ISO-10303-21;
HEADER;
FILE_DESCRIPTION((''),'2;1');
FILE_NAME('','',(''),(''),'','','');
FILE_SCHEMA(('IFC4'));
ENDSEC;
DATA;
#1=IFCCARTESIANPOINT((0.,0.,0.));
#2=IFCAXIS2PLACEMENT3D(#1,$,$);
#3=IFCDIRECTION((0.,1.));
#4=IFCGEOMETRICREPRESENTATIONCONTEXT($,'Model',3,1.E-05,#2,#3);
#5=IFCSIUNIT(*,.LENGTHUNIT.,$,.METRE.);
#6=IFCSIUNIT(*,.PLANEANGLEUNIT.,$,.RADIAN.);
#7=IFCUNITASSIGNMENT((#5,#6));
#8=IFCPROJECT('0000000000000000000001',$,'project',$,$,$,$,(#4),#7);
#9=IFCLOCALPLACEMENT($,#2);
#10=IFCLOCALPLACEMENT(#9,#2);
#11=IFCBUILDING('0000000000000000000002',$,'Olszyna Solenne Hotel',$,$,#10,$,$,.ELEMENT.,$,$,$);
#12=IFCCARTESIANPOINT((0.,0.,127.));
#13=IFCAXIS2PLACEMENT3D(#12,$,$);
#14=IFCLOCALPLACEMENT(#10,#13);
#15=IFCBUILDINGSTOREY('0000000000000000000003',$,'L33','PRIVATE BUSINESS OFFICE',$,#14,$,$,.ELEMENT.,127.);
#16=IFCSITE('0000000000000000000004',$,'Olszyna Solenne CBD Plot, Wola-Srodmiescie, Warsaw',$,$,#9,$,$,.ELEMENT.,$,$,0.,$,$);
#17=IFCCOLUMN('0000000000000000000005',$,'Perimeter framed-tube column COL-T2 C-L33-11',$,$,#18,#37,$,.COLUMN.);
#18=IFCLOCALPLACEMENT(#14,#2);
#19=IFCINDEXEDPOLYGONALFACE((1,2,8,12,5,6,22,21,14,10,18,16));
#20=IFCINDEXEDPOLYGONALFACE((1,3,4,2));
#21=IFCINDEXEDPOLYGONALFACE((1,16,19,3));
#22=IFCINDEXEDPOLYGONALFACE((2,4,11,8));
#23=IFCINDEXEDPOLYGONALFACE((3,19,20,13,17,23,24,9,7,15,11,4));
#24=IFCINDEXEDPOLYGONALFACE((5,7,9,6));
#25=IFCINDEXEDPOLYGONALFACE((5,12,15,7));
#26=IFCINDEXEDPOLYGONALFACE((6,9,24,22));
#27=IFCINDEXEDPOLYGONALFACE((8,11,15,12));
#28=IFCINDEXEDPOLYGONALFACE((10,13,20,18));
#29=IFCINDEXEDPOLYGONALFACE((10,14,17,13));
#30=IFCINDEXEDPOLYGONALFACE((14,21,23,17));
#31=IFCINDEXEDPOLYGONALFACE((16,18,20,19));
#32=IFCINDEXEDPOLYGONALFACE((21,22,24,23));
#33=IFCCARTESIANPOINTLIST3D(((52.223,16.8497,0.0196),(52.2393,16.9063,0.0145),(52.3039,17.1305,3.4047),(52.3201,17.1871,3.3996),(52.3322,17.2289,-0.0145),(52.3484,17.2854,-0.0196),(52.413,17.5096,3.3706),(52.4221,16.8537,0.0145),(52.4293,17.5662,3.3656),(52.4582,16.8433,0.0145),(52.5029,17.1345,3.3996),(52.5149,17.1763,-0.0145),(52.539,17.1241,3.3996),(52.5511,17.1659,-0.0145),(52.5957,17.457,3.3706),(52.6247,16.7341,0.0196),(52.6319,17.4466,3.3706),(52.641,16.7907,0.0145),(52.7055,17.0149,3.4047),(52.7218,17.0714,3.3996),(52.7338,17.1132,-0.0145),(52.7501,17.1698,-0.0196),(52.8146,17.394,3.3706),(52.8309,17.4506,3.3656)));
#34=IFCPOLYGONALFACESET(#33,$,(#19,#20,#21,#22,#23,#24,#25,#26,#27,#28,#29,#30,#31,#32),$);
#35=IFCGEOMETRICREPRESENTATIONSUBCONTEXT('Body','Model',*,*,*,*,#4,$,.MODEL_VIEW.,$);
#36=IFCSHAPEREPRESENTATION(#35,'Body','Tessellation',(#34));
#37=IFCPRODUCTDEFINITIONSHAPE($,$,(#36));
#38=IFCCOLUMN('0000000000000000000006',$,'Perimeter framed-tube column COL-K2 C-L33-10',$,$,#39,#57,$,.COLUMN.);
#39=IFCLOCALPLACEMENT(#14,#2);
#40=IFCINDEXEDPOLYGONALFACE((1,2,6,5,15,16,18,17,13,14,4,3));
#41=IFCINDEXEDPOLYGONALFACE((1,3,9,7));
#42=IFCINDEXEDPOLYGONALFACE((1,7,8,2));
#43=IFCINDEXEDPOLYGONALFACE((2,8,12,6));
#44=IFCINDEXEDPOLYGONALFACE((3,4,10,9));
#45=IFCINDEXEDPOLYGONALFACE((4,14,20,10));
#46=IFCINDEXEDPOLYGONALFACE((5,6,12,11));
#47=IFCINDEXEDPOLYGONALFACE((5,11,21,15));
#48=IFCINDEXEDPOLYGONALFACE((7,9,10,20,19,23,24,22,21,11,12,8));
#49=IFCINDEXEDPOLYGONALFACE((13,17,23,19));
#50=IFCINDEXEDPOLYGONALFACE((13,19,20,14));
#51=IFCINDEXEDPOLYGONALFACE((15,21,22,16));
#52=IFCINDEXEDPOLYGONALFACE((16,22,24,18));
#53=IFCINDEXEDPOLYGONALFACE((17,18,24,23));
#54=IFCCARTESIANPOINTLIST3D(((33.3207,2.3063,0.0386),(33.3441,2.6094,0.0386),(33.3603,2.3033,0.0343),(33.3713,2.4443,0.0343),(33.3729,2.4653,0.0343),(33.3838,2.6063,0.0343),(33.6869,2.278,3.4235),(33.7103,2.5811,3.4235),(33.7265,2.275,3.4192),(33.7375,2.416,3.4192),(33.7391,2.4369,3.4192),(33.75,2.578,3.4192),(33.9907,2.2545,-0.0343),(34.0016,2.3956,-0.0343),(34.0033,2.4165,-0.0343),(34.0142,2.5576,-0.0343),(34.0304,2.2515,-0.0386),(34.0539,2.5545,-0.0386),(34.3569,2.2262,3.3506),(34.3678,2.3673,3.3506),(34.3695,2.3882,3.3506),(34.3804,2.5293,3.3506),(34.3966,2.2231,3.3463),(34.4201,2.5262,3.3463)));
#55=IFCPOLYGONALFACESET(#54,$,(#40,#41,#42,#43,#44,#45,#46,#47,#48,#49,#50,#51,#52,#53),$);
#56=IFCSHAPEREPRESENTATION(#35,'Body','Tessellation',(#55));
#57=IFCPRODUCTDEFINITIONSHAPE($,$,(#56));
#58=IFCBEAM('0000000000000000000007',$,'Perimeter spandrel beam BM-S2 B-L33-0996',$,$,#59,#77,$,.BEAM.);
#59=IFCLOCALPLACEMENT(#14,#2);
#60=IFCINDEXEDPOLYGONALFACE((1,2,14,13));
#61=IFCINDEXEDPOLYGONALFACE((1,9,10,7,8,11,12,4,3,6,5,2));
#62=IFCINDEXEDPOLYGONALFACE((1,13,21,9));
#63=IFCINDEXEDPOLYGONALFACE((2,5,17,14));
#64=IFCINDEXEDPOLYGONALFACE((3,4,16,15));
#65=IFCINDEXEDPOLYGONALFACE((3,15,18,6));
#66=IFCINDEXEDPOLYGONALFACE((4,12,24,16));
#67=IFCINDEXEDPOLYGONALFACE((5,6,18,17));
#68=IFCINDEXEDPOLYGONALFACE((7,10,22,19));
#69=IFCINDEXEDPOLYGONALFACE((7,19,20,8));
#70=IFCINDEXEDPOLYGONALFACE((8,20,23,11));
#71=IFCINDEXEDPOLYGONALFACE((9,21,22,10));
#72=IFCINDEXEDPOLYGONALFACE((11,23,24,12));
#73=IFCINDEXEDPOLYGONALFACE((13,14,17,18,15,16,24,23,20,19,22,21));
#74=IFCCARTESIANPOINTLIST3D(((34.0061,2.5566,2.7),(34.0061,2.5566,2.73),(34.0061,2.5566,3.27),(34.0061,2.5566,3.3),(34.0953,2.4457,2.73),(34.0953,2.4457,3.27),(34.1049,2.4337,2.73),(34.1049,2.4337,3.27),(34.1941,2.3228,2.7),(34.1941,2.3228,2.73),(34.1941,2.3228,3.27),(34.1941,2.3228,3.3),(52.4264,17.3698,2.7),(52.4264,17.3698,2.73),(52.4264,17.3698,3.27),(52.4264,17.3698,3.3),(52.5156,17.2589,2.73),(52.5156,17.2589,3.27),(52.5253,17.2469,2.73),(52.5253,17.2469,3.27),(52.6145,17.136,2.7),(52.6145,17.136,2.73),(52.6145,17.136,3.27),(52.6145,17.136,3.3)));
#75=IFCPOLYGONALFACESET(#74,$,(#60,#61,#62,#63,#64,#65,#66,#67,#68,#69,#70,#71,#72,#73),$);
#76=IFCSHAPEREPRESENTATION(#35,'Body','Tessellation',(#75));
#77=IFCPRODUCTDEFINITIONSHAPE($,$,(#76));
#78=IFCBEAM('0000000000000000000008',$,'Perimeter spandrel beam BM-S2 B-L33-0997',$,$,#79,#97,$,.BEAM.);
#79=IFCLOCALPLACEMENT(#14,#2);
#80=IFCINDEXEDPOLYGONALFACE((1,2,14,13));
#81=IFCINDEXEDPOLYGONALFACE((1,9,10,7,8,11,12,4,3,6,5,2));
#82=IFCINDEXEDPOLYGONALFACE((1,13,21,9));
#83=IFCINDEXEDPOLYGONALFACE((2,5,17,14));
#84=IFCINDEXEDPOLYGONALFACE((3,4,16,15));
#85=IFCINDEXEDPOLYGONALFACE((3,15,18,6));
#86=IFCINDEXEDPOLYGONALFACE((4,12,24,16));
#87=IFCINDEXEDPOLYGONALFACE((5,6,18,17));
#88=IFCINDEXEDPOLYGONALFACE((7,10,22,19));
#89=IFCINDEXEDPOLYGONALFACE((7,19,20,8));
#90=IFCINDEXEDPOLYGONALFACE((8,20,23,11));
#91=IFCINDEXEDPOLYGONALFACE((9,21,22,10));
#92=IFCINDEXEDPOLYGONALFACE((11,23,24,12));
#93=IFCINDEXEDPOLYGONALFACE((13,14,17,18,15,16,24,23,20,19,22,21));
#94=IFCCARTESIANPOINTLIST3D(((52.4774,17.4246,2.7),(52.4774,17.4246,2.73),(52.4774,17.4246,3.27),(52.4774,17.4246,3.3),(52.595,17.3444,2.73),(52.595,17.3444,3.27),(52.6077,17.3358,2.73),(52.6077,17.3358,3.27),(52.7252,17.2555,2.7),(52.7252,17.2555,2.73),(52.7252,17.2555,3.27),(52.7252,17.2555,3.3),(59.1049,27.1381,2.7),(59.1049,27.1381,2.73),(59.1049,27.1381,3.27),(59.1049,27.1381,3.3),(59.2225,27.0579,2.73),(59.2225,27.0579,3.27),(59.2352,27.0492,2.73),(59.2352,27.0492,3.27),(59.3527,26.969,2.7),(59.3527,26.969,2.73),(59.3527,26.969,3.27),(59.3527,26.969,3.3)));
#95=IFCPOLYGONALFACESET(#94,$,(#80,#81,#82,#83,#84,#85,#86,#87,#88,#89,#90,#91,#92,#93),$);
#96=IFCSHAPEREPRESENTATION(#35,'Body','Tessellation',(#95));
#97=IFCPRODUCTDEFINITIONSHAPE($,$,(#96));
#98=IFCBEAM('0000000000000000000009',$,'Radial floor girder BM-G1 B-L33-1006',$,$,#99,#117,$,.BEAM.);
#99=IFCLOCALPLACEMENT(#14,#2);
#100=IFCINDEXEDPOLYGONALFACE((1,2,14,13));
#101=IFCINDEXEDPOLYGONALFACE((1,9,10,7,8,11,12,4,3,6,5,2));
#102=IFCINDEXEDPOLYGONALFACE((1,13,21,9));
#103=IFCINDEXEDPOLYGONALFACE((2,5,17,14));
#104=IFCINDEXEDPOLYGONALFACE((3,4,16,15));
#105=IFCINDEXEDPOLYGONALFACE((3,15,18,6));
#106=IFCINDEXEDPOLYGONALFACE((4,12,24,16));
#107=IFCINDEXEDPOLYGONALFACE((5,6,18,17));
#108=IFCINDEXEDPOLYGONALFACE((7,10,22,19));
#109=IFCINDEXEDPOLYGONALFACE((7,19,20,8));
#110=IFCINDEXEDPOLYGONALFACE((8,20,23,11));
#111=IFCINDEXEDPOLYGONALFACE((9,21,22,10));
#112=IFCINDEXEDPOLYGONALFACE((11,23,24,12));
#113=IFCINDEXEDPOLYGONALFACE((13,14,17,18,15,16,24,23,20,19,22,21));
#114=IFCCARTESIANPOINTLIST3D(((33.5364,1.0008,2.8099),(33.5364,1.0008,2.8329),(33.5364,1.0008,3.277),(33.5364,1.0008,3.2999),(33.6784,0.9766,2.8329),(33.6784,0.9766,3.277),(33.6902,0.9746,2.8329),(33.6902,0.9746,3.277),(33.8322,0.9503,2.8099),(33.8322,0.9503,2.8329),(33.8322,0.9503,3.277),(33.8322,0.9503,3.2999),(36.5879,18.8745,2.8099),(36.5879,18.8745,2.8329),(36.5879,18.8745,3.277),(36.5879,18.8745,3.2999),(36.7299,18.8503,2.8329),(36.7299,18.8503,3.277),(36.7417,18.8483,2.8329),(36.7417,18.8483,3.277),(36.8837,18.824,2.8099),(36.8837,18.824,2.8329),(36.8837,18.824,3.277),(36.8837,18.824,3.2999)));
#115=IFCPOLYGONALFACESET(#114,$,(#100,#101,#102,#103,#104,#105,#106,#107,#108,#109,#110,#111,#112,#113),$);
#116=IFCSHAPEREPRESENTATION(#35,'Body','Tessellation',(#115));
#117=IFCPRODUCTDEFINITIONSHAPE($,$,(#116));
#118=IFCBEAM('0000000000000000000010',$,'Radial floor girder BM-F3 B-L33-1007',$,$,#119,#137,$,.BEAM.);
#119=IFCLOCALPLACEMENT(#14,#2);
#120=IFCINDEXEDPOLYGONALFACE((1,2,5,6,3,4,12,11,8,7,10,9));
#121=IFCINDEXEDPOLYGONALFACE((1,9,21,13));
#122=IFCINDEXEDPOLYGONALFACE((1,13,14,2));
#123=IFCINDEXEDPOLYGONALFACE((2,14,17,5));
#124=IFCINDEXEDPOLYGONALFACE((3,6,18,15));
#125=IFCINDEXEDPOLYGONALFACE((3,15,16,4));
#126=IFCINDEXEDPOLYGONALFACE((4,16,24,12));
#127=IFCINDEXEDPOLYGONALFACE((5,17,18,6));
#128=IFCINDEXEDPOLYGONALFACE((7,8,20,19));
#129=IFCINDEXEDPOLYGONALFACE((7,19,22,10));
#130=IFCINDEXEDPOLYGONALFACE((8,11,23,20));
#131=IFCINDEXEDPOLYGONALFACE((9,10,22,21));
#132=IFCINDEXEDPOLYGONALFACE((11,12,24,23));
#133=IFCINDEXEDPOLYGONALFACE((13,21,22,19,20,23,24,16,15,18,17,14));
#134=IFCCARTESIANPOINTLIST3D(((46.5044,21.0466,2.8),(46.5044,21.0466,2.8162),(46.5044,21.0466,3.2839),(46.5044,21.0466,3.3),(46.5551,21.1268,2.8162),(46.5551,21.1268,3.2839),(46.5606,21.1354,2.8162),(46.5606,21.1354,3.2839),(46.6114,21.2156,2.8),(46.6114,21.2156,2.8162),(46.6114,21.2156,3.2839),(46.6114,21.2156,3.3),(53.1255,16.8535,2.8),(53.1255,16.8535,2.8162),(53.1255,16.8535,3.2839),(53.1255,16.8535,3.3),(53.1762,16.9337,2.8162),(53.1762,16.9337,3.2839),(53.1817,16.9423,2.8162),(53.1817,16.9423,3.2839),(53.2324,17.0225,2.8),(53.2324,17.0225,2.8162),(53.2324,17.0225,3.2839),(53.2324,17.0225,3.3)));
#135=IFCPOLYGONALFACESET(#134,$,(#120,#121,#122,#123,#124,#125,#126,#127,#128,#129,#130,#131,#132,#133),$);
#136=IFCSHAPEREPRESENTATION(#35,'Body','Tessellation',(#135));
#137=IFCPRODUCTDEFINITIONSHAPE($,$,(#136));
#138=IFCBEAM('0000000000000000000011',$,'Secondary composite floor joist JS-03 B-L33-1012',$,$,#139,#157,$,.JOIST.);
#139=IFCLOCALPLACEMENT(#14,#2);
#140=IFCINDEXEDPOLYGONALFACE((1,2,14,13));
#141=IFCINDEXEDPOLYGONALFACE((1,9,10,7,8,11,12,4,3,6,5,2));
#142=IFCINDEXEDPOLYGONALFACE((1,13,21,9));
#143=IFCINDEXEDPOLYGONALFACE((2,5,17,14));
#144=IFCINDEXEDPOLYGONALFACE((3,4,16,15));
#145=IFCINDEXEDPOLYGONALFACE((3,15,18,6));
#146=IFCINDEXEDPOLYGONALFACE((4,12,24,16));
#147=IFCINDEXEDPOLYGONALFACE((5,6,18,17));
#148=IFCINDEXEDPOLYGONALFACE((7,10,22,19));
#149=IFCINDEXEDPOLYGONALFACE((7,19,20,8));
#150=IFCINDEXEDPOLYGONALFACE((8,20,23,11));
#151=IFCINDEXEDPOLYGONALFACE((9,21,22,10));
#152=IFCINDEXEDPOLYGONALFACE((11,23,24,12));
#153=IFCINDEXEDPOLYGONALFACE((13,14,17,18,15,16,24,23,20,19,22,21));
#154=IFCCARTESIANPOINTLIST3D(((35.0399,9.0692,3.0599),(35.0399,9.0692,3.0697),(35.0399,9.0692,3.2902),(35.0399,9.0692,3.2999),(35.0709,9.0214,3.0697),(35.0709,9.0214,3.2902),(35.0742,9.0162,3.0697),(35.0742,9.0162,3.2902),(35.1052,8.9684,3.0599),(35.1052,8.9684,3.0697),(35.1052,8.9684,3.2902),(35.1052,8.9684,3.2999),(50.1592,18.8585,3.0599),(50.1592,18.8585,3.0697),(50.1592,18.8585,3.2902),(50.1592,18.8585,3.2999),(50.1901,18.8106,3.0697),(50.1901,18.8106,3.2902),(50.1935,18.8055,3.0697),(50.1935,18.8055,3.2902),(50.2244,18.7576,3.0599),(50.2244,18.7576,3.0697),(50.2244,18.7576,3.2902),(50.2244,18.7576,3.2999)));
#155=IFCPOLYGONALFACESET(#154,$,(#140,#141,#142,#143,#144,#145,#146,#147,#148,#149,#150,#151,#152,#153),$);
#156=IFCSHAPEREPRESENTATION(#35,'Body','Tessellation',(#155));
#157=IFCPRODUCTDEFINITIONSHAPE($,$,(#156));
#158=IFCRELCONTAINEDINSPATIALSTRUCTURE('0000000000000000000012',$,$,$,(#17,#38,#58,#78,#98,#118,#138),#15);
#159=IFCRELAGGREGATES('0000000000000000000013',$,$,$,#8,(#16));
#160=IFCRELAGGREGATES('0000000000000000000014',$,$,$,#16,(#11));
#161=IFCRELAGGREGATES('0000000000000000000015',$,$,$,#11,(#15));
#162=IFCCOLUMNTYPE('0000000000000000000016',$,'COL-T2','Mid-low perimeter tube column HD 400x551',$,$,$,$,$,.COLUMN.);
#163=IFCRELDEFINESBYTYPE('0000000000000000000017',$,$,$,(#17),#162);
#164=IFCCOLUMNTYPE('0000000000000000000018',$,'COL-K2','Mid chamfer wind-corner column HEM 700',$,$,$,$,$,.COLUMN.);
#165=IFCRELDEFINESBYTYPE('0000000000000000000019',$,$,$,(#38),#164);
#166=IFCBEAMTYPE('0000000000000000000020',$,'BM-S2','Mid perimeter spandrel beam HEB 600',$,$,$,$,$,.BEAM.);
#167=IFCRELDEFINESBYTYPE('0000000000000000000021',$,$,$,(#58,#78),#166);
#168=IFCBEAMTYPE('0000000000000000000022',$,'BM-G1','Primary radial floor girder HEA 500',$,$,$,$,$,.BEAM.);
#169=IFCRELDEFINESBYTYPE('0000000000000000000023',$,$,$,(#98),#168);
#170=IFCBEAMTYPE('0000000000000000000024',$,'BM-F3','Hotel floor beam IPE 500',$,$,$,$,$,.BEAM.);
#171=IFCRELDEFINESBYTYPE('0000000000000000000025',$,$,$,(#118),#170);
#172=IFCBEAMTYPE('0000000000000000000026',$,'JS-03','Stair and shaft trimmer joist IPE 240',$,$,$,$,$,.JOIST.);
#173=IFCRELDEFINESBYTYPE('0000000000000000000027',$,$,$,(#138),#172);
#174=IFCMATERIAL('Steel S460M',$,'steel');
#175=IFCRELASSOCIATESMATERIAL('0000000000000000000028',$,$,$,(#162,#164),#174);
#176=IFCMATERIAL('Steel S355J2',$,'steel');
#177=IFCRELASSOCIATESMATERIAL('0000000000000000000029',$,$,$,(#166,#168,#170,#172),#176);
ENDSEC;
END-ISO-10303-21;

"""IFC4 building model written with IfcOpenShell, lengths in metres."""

from ifc_helpers import new_model, si_unit, direction, frame, origin, origin_2d, place, context, subcontext, project, spatial, i_section, extrude, source, transform, mapped, material, material_profile, profile_set, type_object, element, save


model = new_model("IFC4")

# Units and contexts
model_context = context("Model", 3, precision=1e-05, world=origin(), true_north=direction((0.0, 1.0)))
body_context = subcontext(model_context, "Body", "Model", "MODEL_VIEW")
ifc_project = project(units=[si_unit("LENGTHUNIT", "METRE"), si_unit("PLANEANGLEUNIT", "RADIAN")], contexts=[model_context])

# Site, building, storey
site_placement = place(None, origin())
site = spatial("IfcSite", under=ifc_project, at=site_placement, Name="Olszyna Solenne CBD Plot, Wola-Srodmiescie, Warsaw", CompositionType="ELEMENT", RefElevation=0.0)
building_placement = place(site_placement, origin())
building = spatial("IfcBuilding", under=site, at=building_placement, Name="Olszyna Solenne Hotel", CompositionType="ELEMENT")
storey_placement = place(building_placement, frame((0.0, 0.0, 127.0)))
storey = spatial("IfcBuildingStorey", under=building, at=storey_placement, Name="L33", Description="PRIVATE BUSINESS OFFICE", CompositionType="ELEMENT", Elevation=127.0)

# Columns
ifc_material_1 = material(Name="Steel S460M", Category="steel")
ifc_material_profile_1 = material_profile(ifc_material_1, i_section(OverallWidth=0.418, OverallDepth=0.4551, WebThickness=0.0376, FlangeThickness=0.0591, at=origin_2d()), Name="HD 400x551", Category="load-bearing")
ifc_profile_set_1 = profile_set([ifc_material_profile_1], Name="Steel S460M")
column_type_1 = type_object("IfcColumnType", Name="COL-T2", Description="Mid-low perimeter tube column HD 400x551", PredefinedType="COLUMN", material=ifc_profile_set_1)
shared_shape_1 = source(origin(), body_context, "Body", "SweptSolid", [
    extrude(i_section(OverallWidth=0.418, OverallDepth=0.4551, WebThickness=0.0376, FlangeThickness=0.0591, at=origin_2d()), origin(), (0.0, 0.0, 1.0), 3.3977),
])
column_1_placement = place(storey_placement, frame((52.4866, 17.0098, 0.0), z_axis=(0.023785, 0.082635, 0.996296), x_axis=(-0.960986, 0.276597, 0.0)))
element("IfcColumn", 1, at=column_1_placement, inside=storey, type_object=column_type_1, Name="Perimeter framed-tube column COL-T2 C-L33-11", PredefinedType="COLUMN", context=body_context, shape_type="MappedRepresentation", body=[
    mapped(shared_shape_1, transform((0.0, 0.0, 0.0), x_axis=(1.0, 0.0, 0.0), y_axis=(0.0, 1.0, 0.0), z_axis=(0.0, 0.0, 1.0), scale=1.0)),
])
ifc_material_profile_2 = material_profile(ifc_material_1, i_section(OverallWidth=0.304, OverallDepth=0.7161, WebThickness=0.021, FlangeThickness=0.04, at=origin_2d()), Name="HEM 700", Category="load-bearing")
ifc_profile_set_2 = profile_set([ifc_material_profile_2], Name="Steel S460M")
column_type_2 = type_object("IfcColumnType", Name="COL-K2", Description="Mid chamfer wind-corner column HEM 700", PredefinedType="COLUMN", material=ifc_profile_set_2)
shared_shape_2 = source(origin(), body_context, "Body", "SweptSolid", [
    extrude(i_section(OverallWidth=0.304, OverallDepth=0.7161, WebThickness=0.021, FlangeThickness=0.04, at=origin_2d()), origin(), (0.0, 0.0, 1.0), 3.4048),
])
column_2_placement = place(storey_placement, frame((33.6873, 2.4304, 0.0), z_axis=(0.107555, -0.008318, 0.994164), x_axis=(0.077103, 0.997023, 0.0)))
element("IfcColumn", 2, at=column_2_placement, inside=storey, type_object=column_type_2, Name="Perimeter framed-tube column COL-K2 C-L33-10", PredefinedType="COLUMN", context=body_context, shape_type="MappedRepresentation", body=[
    mapped(shared_shape_2, transform((0.0, 0.0, 0.0), x_axis=(1.0, 0.0, 0.0), y_axis=(0.0, 1.0, 0.0), z_axis=(0.0, 0.0, 1.0), scale=1.0)),
])

# Beams
ifc_material_2 = material(Name="Steel S355J2", Category="steel")
ifc_material_profile_3 = material_profile(ifc_material_2, i_section(OverallWidth=0.3, OverallDepth=0.6001, WebThickness=0.0154, FlangeThickness=0.03, at=origin_2d()), Name="HEB 600", Category="load-bearing")
ifc_profile_set_3 = profile_set([ifc_material_profile_3], Name="Steel S355J2")
beam_type_1 = type_object("IfcBeamType", Name="BM-S2", Description="Mid perimeter spandrel beam HEB 600", PredefinedType="BEAM", material=ifc_profile_set_3)
shared_shape_3 = source(origin(), body_context, "Body", "SweptSolid", [
    extrude(i_section(OverallWidth=0.3, OverallDepth=0.6001, WebThickness=0.0154, FlangeThickness=0.03, at=origin_2d()), origin(), (0.0, 0.0, 1.0), 23.6377),
])
beam_1_placement = place(storey_placement, frame((34.1001, 2.4397, 3.0), z_axis=(0.779279, 0.626677, 0.0), x_axis=(-0.626677, 0.779279, 0.0)))
element("IfcBeam", 3, at=beam_1_placement, inside=storey, type_object=beam_type_1, Name="Perimeter spandrel beam BM-S2 B-L33-0996", PredefinedType="BEAM", context=body_context, shape_type="MappedRepresentation", body=[
    mapped(shared_shape_3, transform((0.0, 0.0, 0.0), x_axis=(1.0, 0.0, 0.0), y_axis=(0.0, 1.0, 0.0), z_axis=(0.0, 0.0, 1.0), scale=1.0)),
])
shared_shape_4 = source(origin(), body_context, "Body", "SweptSolid", [
    extrude(i_section(OverallWidth=0.3, OverallDepth=0.6001, WebThickness=0.0154, FlangeThickness=0.03, at=origin_2d()), origin(), (0.0, 0.0, 1.0), 11.759),
])
beam_2_placement = place(storey_placement, frame((52.6013, 17.3401, 3.0), z_axis=(0.563609, 0.826042, 0.0), x_axis=(-0.826042, 0.563609, 0.0)))
element("IfcBeam", 4, at=beam_2_placement, inside=storey, type_object=beam_type_1, Name="Perimeter spandrel beam BM-S2 B-L33-0997", PredefinedType="BEAM", context=body_context, shape_type="MappedRepresentation", body=[
    mapped(shared_shape_4, transform((0.0, 0.0, 0.0), x_axis=(1.0, 0.0, 0.0), y_axis=(0.0, 1.0, 0.0), z_axis=(0.0, 0.0, 1.0), scale=1.0)),
])
ifc_material_profile_4 = material_profile(ifc_material_2, i_section(OverallWidth=0.3, OverallDepth=0.49, WebThickness=0.012, FlangeThickness=0.0229, at=origin_2d()), Name="HEA 500", Category="load-bearing")
ifc_profile_set_4 = profile_set([ifc_material_profile_4], Name="Steel S355J2")
beam_type_2 = type_object("IfcBeamType", Name="BM-G1", Description="Primary radial floor girder HEA 500", PredefinedType="BEAM", material=ifc_profile_set_4)
shared_shape_5 = source(origin(), body_context, "Body", "SweptSolid", [
    extrude(i_section(OverallWidth=0.3, OverallDepth=0.49, WebThickness=0.012, FlangeThickness=0.0229, at=origin_2d()), origin(), (0.0, 0.0, 1.0), 18.1323),
])
beam_3_placement = place(storey_placement, frame((33.6843, 0.9756, 3.0549), z_axis=(0.168291, 0.985737, 0.0), x_axis=(-0.985737, 0.168291, 0.0)))
element("IfcBeam", 5, at=beam_3_placement, inside=storey, type_object=beam_type_2, Name="Radial floor girder BM-G1 B-L33-1006", PredefinedType="BEAM", context=body_context, shape_type="MappedRepresentation", body=[
    mapped(shared_shape_5, transform((0.0, 0.0, 0.0), x_axis=(1.0, 0.0, 0.0), y_axis=(0.0, 1.0, 0.0), z_axis=(0.0, 0.0, 1.0), scale=1.0)),
])
ifc_material_profile_5 = material_profile(ifc_material_2, i_section(OverallWidth=0.2, OverallDepth=0.5, WebThickness=0.0103, FlangeThickness=0.0161, at=origin_2d()), Name="IPE 500", Category="load-bearing")
ifc_profile_set_5 = profile_set([ifc_material_profile_5], Name="Steel S355J2")
beam_type_3 = type_object("IfcBeamType", Name="BM-F3", Description="Hotel floor beam IPE 500", PredefinedType="BEAM", material=ifc_profile_set_5)
shared_shape_6 = source(origin(), body_context, "Body", "SweptSolid", [
    extrude(i_section(OverallWidth=0.2, OverallDepth=0.5, WebThickness=0.0103, FlangeThickness=0.0161, at=origin_2d()), origin(), (0.0, 0.0, 1.0), 7.8372),
])
beam_4_placement = place(storey_placement, frame((53.179, 16.938, 3.05), z_axis=(-0.844833, 0.53503, 0.0), x_axis=(-0.53503, -0.844833, 0.0)))
element("IfcBeam", 6, at=beam_4_placement, inside=storey, type_object=beam_type_3, Name="Radial floor girder BM-F3 B-L33-1007", PredefinedType="BEAM", context=body_context, shape_type="MappedRepresentation", body=[
    mapped(shared_shape_6, transform((0.0, 0.0, 0.0), x_axis=(1.0, 0.0, 0.0), y_axis=(0.0, 1.0, 0.0), z_axis=(0.0, 0.0, 1.0), scale=1.0)),
])
ifc_material_profile_6 = material_profile(ifc_material_2, i_section(OverallWidth=0.1201, OverallDepth=0.24, WebThickness=0.0061, FlangeThickness=0.0098, at=origin_2d()), Name="IPE 240", Category="load-bearing")
ifc_profile_set_6 = profile_set([ifc_material_profile_6], Name="Steel S355J2")
beam_type_4 = type_object("IfcBeamType", Name="JS-03", Description="Stair and shaft trimmer joist IPE 240", PredefinedType="JOIST", material=ifc_profile_set_6)
shared_shape_7 = source(origin(), body_context, "Body", "SweptSolid", [
    extrude(i_section(OverallWidth=0.1201, OverallDepth=0.24, WebThickness=0.0061, FlangeThickness=0.0098, at=origin_2d()), origin(), (0.0, 0.0, 1.0), 18.0117),
])
beam_5_placement = place(storey_placement, frame((35.0725, 9.0188, 3.1799), z_axis=(0.839414, 0.543493, 0.0), x_axis=(-0.543493, 0.839414, 0.0)))
element("IfcBeam", 7, at=beam_5_placement, inside=storey, type_object=beam_type_4, Name="Secondary composite floor joist JS-03 B-L33-1012", PredefinedType="JOIST", context=body_context, shape_type="MappedRepresentation", body=[
    mapped(shared_shape_7, transform((0.0, 0.0, 0.0), x_axis=(1.0, 0.0, 0.0), y_axis=(0.0, 1.0, 0.0), z_axis=(0.0, 0.0, 1.0), scale=1.0)),
])

save(model, "model.ifc")
